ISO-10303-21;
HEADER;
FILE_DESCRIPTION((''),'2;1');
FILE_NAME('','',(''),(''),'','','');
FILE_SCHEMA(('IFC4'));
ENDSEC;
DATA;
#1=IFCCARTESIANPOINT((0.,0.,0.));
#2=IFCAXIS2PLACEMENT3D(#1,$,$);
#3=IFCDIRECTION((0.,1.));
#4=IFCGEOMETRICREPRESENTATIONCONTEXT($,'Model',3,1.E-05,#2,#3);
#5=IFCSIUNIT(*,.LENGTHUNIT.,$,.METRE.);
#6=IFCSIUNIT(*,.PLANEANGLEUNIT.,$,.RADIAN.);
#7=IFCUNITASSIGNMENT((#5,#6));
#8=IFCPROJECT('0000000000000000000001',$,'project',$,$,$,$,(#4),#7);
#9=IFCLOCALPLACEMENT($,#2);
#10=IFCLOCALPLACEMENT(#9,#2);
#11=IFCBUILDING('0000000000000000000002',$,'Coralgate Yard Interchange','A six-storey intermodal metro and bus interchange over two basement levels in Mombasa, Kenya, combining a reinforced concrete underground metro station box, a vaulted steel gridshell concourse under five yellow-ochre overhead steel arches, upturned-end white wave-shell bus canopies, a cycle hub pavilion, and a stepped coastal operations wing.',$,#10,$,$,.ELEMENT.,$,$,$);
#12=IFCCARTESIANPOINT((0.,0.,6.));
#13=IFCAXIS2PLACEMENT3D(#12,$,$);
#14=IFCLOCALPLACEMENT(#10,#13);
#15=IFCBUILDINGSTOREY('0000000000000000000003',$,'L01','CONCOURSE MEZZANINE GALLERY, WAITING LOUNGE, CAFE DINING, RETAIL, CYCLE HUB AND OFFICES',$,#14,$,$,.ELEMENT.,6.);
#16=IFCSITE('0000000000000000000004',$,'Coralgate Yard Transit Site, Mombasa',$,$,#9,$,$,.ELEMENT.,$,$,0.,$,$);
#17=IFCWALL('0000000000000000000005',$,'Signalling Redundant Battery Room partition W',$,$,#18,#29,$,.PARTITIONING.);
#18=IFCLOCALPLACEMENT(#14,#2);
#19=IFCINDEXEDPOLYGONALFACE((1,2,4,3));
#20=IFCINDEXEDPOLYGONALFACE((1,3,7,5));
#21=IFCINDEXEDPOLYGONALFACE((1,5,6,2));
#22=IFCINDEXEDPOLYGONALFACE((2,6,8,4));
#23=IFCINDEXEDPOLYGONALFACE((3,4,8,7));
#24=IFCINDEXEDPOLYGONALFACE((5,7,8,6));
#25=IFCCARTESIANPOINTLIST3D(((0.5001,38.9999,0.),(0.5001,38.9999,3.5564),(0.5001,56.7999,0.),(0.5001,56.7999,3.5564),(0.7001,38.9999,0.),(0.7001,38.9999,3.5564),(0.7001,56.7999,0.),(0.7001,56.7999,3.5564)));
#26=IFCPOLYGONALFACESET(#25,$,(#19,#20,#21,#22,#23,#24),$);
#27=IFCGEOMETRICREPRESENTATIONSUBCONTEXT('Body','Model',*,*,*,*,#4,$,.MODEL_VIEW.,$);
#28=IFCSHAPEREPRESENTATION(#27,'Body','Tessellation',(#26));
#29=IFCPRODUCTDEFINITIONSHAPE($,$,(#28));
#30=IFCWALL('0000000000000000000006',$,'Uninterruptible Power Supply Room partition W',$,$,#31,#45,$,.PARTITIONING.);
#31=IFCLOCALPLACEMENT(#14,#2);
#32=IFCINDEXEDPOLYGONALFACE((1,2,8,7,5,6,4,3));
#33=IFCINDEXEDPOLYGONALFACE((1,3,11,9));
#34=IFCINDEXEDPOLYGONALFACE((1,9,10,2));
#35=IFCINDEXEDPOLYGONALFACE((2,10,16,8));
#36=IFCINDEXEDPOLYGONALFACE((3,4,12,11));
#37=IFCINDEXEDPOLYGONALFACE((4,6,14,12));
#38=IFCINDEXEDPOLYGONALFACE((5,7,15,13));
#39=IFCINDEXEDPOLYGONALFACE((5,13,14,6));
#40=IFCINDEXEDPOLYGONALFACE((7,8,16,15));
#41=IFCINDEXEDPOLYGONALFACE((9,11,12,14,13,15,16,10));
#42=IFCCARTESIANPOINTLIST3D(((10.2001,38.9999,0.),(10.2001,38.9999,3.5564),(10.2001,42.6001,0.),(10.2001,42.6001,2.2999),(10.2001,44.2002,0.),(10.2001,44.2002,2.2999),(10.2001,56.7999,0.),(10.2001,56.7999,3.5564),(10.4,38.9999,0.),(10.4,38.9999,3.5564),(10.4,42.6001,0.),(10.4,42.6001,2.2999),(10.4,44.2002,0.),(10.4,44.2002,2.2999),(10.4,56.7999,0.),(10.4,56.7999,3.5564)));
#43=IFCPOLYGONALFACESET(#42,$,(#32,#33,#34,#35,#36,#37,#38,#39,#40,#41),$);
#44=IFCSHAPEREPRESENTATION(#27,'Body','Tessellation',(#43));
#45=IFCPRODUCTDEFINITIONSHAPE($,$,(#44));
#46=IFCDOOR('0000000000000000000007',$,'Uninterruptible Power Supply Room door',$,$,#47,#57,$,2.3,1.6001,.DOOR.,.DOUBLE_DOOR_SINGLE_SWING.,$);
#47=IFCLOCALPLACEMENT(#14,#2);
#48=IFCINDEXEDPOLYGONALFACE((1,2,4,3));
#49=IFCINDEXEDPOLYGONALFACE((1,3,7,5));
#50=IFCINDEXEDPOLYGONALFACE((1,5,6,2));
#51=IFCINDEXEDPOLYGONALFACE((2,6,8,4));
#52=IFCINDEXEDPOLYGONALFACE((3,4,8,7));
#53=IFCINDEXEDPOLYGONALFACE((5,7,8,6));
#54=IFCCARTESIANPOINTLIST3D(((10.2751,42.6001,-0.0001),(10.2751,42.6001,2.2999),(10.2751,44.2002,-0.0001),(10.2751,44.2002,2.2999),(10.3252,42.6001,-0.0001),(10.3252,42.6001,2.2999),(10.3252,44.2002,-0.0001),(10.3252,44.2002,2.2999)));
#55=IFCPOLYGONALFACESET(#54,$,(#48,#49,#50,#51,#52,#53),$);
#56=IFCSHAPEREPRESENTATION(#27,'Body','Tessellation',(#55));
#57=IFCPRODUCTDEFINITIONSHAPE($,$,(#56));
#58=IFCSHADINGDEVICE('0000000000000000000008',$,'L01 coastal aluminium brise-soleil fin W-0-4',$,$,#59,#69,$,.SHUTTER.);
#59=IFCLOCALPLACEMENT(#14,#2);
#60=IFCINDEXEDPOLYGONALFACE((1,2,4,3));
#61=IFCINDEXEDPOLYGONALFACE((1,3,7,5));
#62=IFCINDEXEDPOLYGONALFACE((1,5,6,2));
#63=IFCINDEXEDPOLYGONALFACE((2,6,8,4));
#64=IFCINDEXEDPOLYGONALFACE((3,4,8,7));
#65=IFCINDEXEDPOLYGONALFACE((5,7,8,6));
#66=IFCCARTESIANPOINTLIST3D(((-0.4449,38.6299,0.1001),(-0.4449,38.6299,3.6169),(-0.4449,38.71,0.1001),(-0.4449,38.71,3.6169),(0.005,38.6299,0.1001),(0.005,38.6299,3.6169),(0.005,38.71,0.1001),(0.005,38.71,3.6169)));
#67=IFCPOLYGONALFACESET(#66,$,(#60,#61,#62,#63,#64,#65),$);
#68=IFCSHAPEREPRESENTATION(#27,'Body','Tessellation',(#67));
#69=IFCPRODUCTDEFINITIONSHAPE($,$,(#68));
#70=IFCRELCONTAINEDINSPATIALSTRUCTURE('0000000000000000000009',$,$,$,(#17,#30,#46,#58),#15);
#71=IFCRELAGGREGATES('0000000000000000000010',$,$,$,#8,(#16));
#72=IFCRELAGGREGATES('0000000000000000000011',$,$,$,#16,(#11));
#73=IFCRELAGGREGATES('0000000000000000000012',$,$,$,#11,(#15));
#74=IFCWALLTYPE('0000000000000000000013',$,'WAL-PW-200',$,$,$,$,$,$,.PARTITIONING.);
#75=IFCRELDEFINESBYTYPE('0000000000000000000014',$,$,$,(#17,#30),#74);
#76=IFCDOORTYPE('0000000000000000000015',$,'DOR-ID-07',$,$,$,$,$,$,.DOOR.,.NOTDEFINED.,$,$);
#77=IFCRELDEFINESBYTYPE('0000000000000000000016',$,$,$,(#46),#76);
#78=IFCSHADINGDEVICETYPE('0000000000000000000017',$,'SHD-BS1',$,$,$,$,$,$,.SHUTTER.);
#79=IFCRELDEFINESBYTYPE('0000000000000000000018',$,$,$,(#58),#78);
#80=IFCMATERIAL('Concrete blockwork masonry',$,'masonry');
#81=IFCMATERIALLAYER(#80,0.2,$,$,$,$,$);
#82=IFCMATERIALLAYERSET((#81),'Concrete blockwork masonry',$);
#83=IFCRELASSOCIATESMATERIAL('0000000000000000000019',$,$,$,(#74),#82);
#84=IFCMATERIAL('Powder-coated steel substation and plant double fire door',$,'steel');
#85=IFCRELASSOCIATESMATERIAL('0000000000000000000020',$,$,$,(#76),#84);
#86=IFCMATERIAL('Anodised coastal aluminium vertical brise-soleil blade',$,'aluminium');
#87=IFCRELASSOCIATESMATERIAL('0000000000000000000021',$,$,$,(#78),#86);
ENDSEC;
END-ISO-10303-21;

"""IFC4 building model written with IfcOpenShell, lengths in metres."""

from ifc_helpers import new_model, si_unit, direction, frame, frame_2d, origin, origin_2d, place, context, subcontext, project, spatial, rectangle, extrude, material, layer, layer_set, type_object, element, fill, save


model = new_model("IFC4")

# Units and contexts
model_context = context("Model", 3, precision=1e-05, world=origin(), true_north=direction((0.0, 1.0)))
body_context = subcontext(model_context, "Body", "Model", "MODEL_VIEW")
ifc_project = project(units=[si_unit("LENGTHUNIT", "METRE"), si_unit("PLANEANGLEUNIT", "RADIAN")], contexts=[model_context])

# Site, building, storey
site_placement = place(None, origin())
site = spatial("IfcSite", under=ifc_project, at=site_placement, Name="Coralgate Yard Transit Site, Mombasa", CompositionType="ELEMENT", RefElevation=0.0)
building_placement = place(site_placement, origin())
building = spatial("IfcBuilding", under=site, at=building_placement, Name="Coralgate Yard Interchange", Description="A six-storey intermodal metro and bus interchange over two basement levels in Mombasa, Kenya, combining a reinforced concrete underground metro station box, a vaulted steel gridshell concourse under five yellow-ochre overhead steel arches, upturned-end white wave-shell bus canopies, a cycle hub pavilion, and a stepped coastal operations wing.", CompositionType="ELEMENT")
storey_placement = place(building_placement, frame((0.0, 0.0, 6.0)))
storey = spatial("IfcBuildingStorey", under=building, at=storey_placement, Name="L01", Description="CONCOURSE MEZZANINE GALLERY, WAITING LOUNGE, CAFE DINING, RETAIL, CYCLE HUB AND OFFICES", CompositionType="ELEMENT", Elevation=6.0)

# Shared definitions
ifc_material_1 = material(Name="Concrete blockwork masonry", Category="masonry")
ifc_layer_1 = layer(ifc_material_1, 0.2)
ifc_layer_set_1 = layer_set([ifc_layer_1], Name="Concrete blockwork masonry")
wall_type = type_object("IfcWallType", Name="WAL-PW-200", PredefinedType="PARTITIONING", material=ifc_layer_set_1)

# Shared definitions
ifc_material_2 = material(Name="Powder-coated steel substation and plant double fire door", Category="steel")
door_type = type_object("IfcDoorType", Name="DOR-ID-07", OperationType="NOTDEFINED", PredefinedType="DOOR", material=ifc_material_2)

# Wall
wall_1_placement = place(storey_placement, frame((0.6001, 39.0, 0.0), z_axis=(0.0, 0.0, 1.0), x_axis=(0.0, 1.0, 0.0)))
element("IfcWall", 1, at=wall_1_placement, inside=storey, type_object=wall_type, Name="Signalling Redundant Battery Room partition W", PredefinedType="PARTITIONING", context=body_context, shape_type="SweptSolid", body=[
    extrude(rectangle(XDim=17.8, YDim=0.2, at=frame_2d((8.8999, 0.0))), origin(), (0.0, 0.0, 1.0), 3.5564),
])

# Wall, opening, door
wall_2_placement = place(storey_placement, frame((10.3, 39.0, 0.0), z_axis=(0.0, 0.0, 1.0), x_axis=(0.0, 1.0, 0.0)))
wall_2 = element("IfcWall", 2, at=wall_2_placement, inside=storey, type_object=wall_type, Name="Uninterruptible Power Supply Room partition W", PredefinedType="PARTITIONING", context=body_context, shape_type="SweptSolid", body=[
    extrude(rectangle(XDim=17.8, YDim=0.2, at=frame_2d((8.8999, 0.0))), origin(), (0.0, 0.0, 1.0), 3.5564),
])
opening_1_placement = place(wall_2_placement, frame((3.6001, 0.0, 0.0)))
opening_1 = element("IfcOpeningElement", 3, at=opening_1_placement, cuts=wall_2, PredefinedType="OPENING", context=body_context, shape_type="SweptSolid", body=[
    extrude(rectangle(XDim=1.6001, YDim=2.3, at=frame_2d((0.8, 1.1499))), frame((0.0, 0.1099, 0.0), z_axis=(0.0, -1.0, 0.0), x_axis=(1.0, 0.0, 0.0)), (0.0, 0.0, 1.0), 0.22),
])
door_1_placement = place(opening_1_placement, origin())
door_1 = element("IfcDoor", 4, at=door_1_placement, inside=storey, type_object=door_type, Name="Uninterruptible Power Supply Room door", OperationType="DOUBLE_DOOR_SINGLE_SWING", OverallHeight=2.3, OverallWidth=1.6001, PredefinedType="DOOR", context=body_context, shape_type="SweptSolid", body=[
    extrude(rectangle(XDim=1.6001, YDim=2.3, at=frame_2d((0.8, 1.1499))), frame((0.0, 0.0249, 0.0), z_axis=(0.0, -1.0, 0.0), x_axis=(1.0, 0.0, 0.0)), (0.0, 0.0, 1.0), 0.05),
])
fill(opening_1, door_1)

# Shading device
ifc_material_3 = material(Name="Anodised coastal aluminium vertical brise-soleil blade", Category="aluminium")
shading_device_type = type_object("IfcShadingDeviceType", Name="SHD-BS1", PredefinedType="SHUTTER", material=ifc_material_3)
shading_device_placement = place(storey_placement, frame((-0.22, 38.6699, 0.1001), z_axis=(0.0, 0.0, 1.0), x_axis=(0.0, 1.0, 0.0)))
element("IfcShadingDevice", 5, at=shading_device_placement, inside=storey, type_object=shading_device_type, Name="L01 coastal aluminium brise-soleil fin W-0-4", PredefinedType="SHUTTER", context=body_context, shape_type="SweptSolid", body=[
    extrude(rectangle(XDim=0.0801, YDim=0.45, at=origin_2d()), origin(), (0.0, 0.0, 1.0), 3.5168),
])

save(model, "model.ifc")
